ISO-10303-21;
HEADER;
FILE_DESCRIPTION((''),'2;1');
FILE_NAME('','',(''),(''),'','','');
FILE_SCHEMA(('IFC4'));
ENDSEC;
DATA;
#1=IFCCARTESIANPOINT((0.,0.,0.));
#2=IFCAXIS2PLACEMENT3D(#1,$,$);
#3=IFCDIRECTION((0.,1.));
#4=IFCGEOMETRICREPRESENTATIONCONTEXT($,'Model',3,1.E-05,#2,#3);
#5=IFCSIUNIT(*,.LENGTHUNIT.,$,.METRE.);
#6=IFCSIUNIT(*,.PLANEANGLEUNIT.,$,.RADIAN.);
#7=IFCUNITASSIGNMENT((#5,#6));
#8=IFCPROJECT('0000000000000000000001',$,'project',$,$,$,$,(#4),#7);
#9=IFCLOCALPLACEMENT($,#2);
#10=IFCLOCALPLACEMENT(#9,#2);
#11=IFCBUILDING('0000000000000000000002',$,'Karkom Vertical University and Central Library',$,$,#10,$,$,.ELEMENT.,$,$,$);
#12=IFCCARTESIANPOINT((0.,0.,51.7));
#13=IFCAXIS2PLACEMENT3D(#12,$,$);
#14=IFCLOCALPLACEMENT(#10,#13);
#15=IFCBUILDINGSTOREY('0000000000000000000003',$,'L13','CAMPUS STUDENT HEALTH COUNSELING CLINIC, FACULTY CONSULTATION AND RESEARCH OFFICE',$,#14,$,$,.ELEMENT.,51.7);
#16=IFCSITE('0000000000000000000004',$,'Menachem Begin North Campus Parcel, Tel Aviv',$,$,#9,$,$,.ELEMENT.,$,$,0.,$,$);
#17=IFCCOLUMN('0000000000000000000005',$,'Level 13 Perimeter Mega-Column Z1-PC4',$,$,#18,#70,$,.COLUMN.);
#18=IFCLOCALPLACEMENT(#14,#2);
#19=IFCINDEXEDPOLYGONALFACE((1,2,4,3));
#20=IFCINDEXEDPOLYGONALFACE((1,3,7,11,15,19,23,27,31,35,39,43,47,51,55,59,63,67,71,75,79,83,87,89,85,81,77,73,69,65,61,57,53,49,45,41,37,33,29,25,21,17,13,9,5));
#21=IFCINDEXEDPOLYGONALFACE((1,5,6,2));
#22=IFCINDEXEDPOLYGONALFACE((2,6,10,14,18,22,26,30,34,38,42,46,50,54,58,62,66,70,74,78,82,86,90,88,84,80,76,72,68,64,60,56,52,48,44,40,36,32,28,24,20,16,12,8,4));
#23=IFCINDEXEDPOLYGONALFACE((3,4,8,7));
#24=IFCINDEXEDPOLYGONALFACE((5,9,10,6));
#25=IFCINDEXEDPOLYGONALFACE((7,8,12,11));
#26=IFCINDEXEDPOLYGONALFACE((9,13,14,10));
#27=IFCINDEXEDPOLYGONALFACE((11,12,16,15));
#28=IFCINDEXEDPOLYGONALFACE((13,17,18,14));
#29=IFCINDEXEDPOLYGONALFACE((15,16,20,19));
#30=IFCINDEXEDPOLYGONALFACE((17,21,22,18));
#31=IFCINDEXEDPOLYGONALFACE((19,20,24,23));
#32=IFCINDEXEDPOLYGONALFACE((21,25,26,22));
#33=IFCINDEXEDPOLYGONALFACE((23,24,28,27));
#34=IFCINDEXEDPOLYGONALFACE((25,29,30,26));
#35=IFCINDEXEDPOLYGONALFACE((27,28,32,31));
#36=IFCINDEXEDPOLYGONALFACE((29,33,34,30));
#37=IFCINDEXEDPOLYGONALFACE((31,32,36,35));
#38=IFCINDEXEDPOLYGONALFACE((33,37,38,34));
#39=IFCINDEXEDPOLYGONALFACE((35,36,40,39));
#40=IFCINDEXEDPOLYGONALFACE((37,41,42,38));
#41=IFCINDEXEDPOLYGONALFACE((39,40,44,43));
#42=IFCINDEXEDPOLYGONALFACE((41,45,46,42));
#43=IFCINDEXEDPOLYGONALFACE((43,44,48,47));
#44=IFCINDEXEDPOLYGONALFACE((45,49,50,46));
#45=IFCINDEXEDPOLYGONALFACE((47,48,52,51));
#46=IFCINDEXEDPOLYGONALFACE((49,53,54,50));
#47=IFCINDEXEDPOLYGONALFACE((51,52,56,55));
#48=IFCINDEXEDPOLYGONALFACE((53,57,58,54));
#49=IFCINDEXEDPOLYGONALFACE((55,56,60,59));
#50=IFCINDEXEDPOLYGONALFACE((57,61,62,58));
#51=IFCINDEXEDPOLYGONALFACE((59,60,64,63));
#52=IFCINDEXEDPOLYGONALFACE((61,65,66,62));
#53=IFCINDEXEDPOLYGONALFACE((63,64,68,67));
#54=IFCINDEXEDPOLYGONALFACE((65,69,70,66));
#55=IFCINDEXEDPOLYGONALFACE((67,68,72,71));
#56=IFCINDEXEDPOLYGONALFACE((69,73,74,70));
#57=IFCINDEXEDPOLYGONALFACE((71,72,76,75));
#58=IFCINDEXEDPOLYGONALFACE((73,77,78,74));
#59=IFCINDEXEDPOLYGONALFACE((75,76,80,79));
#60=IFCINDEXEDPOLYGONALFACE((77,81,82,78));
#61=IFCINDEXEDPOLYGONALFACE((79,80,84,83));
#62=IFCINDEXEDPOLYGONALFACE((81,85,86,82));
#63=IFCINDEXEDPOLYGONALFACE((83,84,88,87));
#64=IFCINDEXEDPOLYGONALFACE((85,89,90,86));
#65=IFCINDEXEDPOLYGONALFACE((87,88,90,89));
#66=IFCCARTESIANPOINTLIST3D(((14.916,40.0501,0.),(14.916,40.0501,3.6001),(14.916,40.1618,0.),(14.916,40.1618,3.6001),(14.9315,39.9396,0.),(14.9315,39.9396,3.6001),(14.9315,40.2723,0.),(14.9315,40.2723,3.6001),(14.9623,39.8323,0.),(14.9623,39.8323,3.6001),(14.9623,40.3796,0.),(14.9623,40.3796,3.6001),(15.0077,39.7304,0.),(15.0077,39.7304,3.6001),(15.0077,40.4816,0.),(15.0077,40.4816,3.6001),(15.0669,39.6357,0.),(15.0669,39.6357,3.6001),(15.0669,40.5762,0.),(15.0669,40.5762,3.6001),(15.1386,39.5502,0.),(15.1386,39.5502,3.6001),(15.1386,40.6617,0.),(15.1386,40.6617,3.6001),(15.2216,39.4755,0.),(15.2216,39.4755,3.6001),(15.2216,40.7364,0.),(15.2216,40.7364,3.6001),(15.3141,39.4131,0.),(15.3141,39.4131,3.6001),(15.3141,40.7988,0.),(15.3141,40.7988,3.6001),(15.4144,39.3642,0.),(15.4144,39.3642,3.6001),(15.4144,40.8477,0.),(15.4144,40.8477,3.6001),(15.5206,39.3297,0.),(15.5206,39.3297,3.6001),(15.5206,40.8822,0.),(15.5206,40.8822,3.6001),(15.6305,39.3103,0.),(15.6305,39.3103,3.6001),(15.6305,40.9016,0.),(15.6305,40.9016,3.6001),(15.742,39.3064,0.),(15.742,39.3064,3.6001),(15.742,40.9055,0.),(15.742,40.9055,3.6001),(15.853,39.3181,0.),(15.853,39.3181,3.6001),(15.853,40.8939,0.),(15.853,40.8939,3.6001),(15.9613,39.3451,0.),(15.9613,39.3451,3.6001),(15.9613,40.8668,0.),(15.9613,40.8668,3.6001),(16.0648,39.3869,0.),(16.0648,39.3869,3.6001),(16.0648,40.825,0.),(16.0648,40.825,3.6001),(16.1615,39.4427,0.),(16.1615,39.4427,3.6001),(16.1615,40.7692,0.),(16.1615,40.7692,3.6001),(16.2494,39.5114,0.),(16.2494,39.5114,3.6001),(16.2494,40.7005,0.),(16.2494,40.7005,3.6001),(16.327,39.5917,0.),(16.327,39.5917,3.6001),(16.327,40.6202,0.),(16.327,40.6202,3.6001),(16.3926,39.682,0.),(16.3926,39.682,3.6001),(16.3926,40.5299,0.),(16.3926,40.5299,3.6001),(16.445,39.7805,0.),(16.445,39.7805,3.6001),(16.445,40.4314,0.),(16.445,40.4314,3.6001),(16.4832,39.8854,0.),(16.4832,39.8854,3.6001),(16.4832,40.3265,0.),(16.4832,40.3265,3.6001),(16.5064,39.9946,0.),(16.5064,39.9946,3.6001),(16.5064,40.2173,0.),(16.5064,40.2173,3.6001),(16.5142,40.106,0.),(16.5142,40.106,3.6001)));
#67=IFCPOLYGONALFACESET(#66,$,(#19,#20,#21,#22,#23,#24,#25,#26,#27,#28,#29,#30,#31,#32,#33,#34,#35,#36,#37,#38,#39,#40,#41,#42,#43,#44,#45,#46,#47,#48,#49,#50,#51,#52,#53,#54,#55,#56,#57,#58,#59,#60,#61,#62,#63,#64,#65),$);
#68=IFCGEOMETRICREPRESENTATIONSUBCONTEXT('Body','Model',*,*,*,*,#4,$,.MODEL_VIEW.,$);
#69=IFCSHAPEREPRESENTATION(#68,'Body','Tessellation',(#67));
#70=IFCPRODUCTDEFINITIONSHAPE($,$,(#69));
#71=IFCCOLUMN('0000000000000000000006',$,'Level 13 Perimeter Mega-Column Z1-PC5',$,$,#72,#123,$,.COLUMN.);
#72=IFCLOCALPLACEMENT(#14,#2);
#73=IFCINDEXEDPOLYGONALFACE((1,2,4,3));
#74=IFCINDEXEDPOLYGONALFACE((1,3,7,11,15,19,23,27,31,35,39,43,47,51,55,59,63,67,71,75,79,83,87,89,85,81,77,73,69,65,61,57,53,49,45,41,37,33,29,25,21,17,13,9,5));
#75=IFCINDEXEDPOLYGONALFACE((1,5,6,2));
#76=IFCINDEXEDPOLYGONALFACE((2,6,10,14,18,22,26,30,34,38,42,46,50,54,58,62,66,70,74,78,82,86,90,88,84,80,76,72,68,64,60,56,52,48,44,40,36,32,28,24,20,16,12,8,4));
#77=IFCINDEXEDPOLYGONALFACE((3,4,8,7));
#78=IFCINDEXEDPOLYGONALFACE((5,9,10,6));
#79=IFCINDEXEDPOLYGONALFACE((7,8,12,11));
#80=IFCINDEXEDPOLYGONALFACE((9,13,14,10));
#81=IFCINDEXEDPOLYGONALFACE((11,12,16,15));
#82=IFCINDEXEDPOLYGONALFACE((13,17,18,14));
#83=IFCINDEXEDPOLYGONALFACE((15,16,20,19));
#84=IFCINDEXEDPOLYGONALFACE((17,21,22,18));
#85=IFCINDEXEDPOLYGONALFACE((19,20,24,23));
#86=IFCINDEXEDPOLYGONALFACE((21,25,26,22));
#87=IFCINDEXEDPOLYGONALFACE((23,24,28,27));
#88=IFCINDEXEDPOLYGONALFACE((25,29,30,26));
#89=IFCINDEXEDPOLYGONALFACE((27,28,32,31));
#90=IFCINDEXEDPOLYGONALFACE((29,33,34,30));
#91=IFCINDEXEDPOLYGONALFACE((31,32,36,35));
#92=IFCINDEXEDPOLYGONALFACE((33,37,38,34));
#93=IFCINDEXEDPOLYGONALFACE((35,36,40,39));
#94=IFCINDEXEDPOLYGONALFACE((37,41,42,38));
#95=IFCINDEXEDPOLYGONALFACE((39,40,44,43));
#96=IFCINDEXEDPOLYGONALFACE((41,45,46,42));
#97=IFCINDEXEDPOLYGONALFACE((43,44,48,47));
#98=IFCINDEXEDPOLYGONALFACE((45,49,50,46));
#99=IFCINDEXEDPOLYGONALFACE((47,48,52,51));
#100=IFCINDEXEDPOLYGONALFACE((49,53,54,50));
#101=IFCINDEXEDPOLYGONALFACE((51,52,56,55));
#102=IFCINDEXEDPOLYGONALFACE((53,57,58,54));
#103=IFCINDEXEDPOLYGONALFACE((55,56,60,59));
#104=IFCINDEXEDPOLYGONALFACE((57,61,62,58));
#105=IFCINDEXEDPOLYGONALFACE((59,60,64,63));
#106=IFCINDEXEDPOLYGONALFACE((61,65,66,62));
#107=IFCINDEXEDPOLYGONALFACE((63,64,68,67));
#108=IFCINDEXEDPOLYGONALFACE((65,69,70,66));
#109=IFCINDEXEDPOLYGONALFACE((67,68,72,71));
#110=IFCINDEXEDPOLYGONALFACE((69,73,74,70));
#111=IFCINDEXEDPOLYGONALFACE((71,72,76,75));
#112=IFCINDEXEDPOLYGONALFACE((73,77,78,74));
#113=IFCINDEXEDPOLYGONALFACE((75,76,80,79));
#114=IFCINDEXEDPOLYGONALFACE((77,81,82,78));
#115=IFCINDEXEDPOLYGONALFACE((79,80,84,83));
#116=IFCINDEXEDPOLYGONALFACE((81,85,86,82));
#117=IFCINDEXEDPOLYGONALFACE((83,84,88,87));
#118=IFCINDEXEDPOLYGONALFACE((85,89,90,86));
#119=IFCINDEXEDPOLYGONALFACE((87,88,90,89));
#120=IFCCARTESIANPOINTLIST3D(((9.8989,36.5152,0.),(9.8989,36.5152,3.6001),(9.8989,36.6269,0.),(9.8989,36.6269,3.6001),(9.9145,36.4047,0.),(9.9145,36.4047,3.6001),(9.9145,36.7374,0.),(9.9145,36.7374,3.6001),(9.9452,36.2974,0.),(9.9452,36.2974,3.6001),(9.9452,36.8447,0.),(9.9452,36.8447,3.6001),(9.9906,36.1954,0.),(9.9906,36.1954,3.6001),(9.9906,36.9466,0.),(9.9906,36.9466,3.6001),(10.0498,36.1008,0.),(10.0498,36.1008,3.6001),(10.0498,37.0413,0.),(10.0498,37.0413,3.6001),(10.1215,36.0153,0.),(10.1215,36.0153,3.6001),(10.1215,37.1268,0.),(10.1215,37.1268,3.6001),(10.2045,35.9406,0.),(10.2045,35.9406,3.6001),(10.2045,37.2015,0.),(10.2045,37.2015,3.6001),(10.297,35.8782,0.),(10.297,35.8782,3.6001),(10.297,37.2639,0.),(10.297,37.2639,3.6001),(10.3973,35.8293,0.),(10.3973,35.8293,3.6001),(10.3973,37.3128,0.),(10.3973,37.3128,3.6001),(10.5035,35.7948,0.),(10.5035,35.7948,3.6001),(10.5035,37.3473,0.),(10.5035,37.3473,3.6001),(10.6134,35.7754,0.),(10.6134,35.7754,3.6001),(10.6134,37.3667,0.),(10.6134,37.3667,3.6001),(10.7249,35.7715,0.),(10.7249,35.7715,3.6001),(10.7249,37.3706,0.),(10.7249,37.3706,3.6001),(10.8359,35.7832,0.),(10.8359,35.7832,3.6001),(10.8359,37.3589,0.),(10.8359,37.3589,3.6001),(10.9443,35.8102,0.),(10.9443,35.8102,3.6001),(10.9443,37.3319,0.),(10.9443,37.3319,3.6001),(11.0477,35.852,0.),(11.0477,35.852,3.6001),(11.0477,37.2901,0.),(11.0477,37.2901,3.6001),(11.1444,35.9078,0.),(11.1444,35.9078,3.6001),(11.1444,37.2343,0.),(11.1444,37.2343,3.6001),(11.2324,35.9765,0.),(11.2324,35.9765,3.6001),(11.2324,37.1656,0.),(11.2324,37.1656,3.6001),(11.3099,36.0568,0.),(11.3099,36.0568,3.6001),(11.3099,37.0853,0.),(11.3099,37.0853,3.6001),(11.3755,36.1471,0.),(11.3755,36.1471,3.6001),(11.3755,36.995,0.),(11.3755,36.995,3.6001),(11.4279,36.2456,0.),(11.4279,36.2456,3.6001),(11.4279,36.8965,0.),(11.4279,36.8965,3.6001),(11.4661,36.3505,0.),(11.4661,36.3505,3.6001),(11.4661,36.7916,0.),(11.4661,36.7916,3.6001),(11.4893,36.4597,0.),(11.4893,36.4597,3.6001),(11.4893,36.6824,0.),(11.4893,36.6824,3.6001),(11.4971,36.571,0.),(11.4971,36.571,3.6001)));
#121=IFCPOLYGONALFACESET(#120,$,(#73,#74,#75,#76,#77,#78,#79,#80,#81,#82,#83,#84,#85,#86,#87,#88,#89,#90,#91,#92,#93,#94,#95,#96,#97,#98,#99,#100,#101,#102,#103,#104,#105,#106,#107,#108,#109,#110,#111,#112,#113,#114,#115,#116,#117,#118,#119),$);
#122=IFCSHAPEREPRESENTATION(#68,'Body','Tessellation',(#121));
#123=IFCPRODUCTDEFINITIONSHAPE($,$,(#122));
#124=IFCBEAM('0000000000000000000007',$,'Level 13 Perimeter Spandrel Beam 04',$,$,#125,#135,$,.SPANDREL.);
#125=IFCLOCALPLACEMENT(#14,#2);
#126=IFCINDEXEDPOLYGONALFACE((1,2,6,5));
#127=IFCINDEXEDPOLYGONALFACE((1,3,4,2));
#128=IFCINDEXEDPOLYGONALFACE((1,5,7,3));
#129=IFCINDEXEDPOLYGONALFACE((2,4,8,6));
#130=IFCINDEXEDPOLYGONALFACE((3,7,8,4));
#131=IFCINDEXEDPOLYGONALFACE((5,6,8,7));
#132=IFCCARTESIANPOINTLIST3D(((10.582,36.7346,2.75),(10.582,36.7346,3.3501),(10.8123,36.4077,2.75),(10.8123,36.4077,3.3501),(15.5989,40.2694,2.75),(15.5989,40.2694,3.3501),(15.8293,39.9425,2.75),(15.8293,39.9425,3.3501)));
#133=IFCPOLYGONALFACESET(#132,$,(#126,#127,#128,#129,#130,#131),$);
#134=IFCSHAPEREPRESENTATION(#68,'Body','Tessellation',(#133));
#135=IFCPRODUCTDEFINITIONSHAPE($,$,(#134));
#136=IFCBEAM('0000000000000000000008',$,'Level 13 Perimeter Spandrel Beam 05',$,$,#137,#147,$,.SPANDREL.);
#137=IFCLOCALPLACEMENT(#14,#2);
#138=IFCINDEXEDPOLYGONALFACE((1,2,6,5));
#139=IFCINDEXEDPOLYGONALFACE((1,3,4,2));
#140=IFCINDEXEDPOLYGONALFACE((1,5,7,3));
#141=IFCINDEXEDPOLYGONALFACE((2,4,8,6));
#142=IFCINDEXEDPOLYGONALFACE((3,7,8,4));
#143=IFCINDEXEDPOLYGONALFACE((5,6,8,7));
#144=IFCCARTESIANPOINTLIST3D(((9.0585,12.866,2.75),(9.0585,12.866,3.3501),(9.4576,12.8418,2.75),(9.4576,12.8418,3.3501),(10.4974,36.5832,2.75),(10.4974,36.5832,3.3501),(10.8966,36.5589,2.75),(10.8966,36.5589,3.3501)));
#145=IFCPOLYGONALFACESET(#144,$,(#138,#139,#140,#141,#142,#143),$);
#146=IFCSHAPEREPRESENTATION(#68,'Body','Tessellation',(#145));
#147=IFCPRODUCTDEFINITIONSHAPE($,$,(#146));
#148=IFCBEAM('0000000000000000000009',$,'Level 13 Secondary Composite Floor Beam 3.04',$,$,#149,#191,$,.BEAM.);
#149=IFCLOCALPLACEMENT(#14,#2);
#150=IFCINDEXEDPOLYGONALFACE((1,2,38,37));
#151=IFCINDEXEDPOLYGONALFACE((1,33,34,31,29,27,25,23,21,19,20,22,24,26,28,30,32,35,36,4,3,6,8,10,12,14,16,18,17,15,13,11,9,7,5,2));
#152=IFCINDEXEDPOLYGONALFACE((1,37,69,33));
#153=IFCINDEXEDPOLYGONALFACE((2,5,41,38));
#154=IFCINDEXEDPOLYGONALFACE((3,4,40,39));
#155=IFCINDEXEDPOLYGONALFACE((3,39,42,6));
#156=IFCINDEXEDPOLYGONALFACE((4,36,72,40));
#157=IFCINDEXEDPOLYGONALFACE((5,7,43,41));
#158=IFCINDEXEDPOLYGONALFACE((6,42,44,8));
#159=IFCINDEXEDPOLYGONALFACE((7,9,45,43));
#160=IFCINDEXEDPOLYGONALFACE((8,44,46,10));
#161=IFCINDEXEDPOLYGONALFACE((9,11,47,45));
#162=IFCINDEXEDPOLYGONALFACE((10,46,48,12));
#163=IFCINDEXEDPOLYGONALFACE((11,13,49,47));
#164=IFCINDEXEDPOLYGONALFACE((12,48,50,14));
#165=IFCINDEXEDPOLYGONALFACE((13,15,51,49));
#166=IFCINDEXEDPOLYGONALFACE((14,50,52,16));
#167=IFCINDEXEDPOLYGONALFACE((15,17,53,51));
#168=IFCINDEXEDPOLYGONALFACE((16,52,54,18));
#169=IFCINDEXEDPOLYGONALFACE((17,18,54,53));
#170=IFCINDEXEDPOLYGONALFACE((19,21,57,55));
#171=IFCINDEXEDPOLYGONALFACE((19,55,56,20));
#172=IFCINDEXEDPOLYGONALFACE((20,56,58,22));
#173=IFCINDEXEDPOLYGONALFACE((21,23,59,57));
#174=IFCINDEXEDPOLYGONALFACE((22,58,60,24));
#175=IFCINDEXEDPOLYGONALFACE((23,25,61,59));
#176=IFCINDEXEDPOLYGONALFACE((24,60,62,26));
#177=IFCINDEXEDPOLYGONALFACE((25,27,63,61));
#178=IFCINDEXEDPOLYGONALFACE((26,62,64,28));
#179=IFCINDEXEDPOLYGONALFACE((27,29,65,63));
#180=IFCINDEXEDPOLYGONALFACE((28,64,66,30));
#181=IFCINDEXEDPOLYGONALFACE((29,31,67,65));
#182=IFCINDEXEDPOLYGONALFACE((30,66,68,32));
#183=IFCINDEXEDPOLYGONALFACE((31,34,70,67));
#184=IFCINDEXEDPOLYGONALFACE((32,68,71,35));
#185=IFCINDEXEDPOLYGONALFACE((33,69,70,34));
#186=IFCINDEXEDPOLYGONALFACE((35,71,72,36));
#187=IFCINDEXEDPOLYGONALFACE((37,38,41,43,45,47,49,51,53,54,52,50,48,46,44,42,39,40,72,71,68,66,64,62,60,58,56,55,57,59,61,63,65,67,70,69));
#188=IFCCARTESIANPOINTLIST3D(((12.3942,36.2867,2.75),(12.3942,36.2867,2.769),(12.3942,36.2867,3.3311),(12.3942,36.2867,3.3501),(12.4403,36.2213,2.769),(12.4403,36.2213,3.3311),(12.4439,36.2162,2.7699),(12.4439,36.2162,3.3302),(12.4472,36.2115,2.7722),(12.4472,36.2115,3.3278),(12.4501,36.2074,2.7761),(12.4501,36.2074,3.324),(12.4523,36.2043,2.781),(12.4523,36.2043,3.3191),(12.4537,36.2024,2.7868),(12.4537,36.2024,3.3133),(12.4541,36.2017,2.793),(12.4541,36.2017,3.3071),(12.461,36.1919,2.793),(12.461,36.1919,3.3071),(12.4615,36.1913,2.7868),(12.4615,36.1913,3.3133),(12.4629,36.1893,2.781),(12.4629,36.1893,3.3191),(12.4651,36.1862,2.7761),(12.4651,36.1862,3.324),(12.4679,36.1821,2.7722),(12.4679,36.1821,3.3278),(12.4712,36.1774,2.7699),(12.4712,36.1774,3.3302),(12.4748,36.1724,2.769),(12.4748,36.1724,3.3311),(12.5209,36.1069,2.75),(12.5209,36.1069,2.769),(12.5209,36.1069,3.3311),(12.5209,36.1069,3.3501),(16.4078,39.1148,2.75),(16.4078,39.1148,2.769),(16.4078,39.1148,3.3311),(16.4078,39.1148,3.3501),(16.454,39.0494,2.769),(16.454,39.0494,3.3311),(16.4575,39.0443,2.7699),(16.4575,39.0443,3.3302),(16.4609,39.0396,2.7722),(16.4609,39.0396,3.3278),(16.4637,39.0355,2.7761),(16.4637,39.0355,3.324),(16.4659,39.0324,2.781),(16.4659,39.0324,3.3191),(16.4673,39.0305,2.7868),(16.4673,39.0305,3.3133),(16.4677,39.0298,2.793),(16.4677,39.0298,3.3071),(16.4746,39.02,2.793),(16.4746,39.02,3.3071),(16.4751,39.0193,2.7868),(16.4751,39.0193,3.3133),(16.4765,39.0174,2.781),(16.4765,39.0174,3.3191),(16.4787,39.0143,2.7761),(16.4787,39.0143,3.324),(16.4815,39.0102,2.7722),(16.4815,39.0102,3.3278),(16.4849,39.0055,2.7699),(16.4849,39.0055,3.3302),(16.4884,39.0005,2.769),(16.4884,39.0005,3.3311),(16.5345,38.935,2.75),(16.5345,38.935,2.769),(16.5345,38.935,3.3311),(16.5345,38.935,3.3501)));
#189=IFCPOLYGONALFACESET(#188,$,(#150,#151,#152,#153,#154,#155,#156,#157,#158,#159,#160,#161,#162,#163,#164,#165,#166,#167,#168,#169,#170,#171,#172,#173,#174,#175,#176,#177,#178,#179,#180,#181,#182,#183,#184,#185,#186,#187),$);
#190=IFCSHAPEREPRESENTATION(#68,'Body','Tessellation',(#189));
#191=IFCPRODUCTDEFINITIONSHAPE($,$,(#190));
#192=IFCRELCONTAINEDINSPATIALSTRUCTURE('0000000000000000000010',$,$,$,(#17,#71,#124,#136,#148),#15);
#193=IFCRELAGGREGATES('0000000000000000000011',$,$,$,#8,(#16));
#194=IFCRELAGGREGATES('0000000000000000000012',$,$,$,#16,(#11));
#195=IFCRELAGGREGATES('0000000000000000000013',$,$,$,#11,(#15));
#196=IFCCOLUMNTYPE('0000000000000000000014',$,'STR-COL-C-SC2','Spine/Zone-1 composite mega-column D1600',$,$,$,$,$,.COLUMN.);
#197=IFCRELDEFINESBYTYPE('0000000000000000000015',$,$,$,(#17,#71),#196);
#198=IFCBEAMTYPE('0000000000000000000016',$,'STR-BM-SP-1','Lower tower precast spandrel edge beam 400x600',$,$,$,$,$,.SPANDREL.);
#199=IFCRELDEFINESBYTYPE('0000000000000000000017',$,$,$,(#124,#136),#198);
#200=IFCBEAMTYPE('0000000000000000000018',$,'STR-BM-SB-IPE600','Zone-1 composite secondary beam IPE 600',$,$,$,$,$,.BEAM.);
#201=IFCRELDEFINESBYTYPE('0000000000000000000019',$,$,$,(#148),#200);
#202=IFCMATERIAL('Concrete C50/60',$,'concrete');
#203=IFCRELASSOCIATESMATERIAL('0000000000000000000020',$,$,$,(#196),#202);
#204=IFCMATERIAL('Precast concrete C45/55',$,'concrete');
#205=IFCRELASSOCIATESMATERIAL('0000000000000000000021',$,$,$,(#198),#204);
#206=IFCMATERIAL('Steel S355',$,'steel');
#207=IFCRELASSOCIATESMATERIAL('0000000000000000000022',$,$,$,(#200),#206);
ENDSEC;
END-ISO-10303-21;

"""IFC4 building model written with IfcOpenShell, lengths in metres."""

from ifc_helpers import new_model, si_unit, direction, frame, origin, origin_with_axes, origin_2d, place, context, subcontext, project, spatial, rectangle, circle, i_section, extrude, source, transform, mapped, material, material_profile, profile_set, type_object, element, save


model = new_model("IFC4")

# Units and contexts
model_context = context("Model", 3, precision=1e-05, world=origin(), true_north=direction((0.0, 1.0)))
body_context = subcontext(model_context, "Body", "Model", "MODEL_VIEW")
ifc_project = project(units=[si_unit("LENGTHUNIT", "METRE"), si_unit("PLANEANGLEUNIT", "RADIAN")], contexts=[model_context])

# Site, building, storey
site_placement = place(None, origin())
site = spatial("IfcSite", under=ifc_project, at=site_placement, Name="Menachem Begin North Campus Parcel, Tel Aviv", CompositionType="ELEMENT", RefElevation=0.0)
building_placement = place(site_placement, origin())
building = spatial("IfcBuilding", under=site, at=building_placement, Name="Karkom Vertical University and Central Library", CompositionType="ELEMENT")
storey_placement = place(building_placement, frame((0.0, 0.0, 51.7)))
storey = spatial("IfcBuildingStorey", under=building, at=storey_placement, Name="L13", Description="CAMPUS STUDENT HEALTH COUNSELING CLINIC, FACULTY CONSULTATION AND RESEARCH OFFICE", CompositionType="ELEMENT", Elevation=51.7)

# Columns
ifc_material_1 = material(Name="Concrete C50/60", Category="concrete")
ifc_material_profile_1 = material_profile(ifc_material_1, circle(Radius=0.8, at=origin_2d()), Name="CFT-D1600")
ifc_profile_set_1 = profile_set([ifc_material_profile_1], Name="Concrete C50/60")
column_type = type_object("IfcColumnType", Name="STR-COL-C-SC2", Description="Spine/Zone-1 composite mega-column D1600", PredefinedType="COLUMN", material=ifc_profile_set_1)
shared_shape_1 = source(origin_with_axes(), body_context, "Body", "SweptSolid", [
    extrude(circle(Radius=0.8, at=origin_2d()), origin(), (0.0, 0.0, 1.0), 3.6001),
])
for number, where, z_axis, x_axis, name in (
    (1, (15.7141, 40.106, 0.0), (0.0, 0.0, 1.0), (1.0, 0.0, 0.0), "Level 13 Perimeter Mega-Column Z1-PC4"),
    (2, (10.697, 36.571, 0.0), (0.0, 0.0, 1.0), (1.0, 0.0, 0.0), "Level 13 Perimeter Mega-Column Z1-PC5"),
):
    element("IfcColumn", number, at=place(storey_placement, frame(where, z_axis=z_axis, x_axis=x_axis)), inside=storey, type_object=column_type, Name=name, PredefinedType="COLUMN", context=body_context, shape_type="MappedRepresentation", body=[
        mapped(shared_shape_1, transform((0.0, 0.0, 0.0), scale=1.0)),
    ])

# Beams
ifc_material_2 = material(Name="Precast concrete C45/55", Category="concrete")
ifc_material_profile_2 = material_profile(ifc_material_2, rectangle(XDim=0.3999, YDim=0.6001, at=origin_2d()), Name="SPB-400x600")
ifc_profile_set_2 = profile_set([ifc_material_profile_2], Name="Precast concrete C45/55")
beam_type_1 = type_object("IfcBeamType", Name="STR-BM-SP-1", Description="Lower tower precast spandrel edge beam 400x600", PredefinedType="SPANDREL", material=ifc_profile_set_2)
shared_shape_2 = source(origin_with_axes(), body_context, "Body", "SweptSolid", [
    extrude(rectangle(XDim=0.3999, YDim=0.6001, at=origin_2d()), origin(), (0.0, 0.0, 1.0), 6.1372),
])
beam_1_placement = place(storey_placement, frame((15.7141, 40.106, 3.05), z_axis=(-0.817471, -0.575969, 0.0), x_axis=(0.575969, -0.817471, 0.0)))
element("IfcBeam", 3, at=beam_1_placement, inside=storey, type_object=beam_type_1, Name="Level 13 Perimeter Spandrel Beam 04", PredefinedType="SPANDREL", context=body_context, shape_type="MappedRepresentation", body=[
    mapped(shared_shape_2, transform((0.0, 0.0, 0.0), scale=1.0)),
])
shared_shape_3 = source(origin_with_axes(), body_context, "Body", "SweptSolid", [
    extrude(rectangle(XDim=0.3999, YDim=0.6001, at=origin_2d()), origin(), (0.0, 0.0, 1.0), 23.7607),
])
beam_2_placement = place(storey_placement, frame((10.697, 36.571, 3.05), z_axis=(-0.060561, -0.998165, 0.0), x_axis=(0.998165, -0.060561, 0.0)))
element("IfcBeam", 4, at=beam_2_placement, inside=storey, type_object=beam_type_1, Name="Level 13 Perimeter Spandrel Beam 05", PredefinedType="SPANDREL", context=body_context, shape_type="MappedRepresentation", body=[
    mapped(shared_shape_3, transform((0.0, 0.0, 0.0), scale=1.0)),
])
ifc_material_3 = material(Name="Steel S355", Category="steel")
ifc_material_profile_3 = material_profile(ifc_material_3, i_section(OverallWidth=0.22, OverallDepth=0.6001, WebThickness=0.012, FlangeThickness=0.019, FilletRadius=0.0239, at=origin_2d()), Name="IPE 600")
ifc_profile_set_3 = profile_set([ifc_material_profile_3], Name="Steel S355")
beam_type_2 = type_object("IfcBeamType", Name="STR-BM-SB-IPE600", Description="Zone-1 composite secondary beam IPE 600", PredefinedType="BEAM", material=ifc_profile_set_3)
shared_shape_4 = source(origin_with_axes(), body_context, "Body", "SweptSolid", [
    extrude(i_section(OverallWidth=0.22, OverallDepth=0.6001, WebThickness=0.012, FlangeThickness=0.019, FilletRadius=0.0239, at=origin_2d()), origin(), (0.0, 0.0, 1.0), 4.9099),
])
beam_3_placement = place(storey_placement, frame((16.4712, 39.0249, 3.05), z_axis=(-0.817453, -0.575996, 0.0), x_axis=(0.575996, -0.817453, 0.0)))
element("IfcBeam", 5, at=beam_3_placement, inside=storey, type_object=beam_type_2, Name="Level 13 Secondary Composite Floor Beam 3.04", PredefinedType="BEAM", context=body_context, shape_type="MappedRepresentation", body=[
    mapped(shared_shape_4, transform((0.0, 0.0, 0.0), scale=1.0)),
])

save(model, "model.ifc")
